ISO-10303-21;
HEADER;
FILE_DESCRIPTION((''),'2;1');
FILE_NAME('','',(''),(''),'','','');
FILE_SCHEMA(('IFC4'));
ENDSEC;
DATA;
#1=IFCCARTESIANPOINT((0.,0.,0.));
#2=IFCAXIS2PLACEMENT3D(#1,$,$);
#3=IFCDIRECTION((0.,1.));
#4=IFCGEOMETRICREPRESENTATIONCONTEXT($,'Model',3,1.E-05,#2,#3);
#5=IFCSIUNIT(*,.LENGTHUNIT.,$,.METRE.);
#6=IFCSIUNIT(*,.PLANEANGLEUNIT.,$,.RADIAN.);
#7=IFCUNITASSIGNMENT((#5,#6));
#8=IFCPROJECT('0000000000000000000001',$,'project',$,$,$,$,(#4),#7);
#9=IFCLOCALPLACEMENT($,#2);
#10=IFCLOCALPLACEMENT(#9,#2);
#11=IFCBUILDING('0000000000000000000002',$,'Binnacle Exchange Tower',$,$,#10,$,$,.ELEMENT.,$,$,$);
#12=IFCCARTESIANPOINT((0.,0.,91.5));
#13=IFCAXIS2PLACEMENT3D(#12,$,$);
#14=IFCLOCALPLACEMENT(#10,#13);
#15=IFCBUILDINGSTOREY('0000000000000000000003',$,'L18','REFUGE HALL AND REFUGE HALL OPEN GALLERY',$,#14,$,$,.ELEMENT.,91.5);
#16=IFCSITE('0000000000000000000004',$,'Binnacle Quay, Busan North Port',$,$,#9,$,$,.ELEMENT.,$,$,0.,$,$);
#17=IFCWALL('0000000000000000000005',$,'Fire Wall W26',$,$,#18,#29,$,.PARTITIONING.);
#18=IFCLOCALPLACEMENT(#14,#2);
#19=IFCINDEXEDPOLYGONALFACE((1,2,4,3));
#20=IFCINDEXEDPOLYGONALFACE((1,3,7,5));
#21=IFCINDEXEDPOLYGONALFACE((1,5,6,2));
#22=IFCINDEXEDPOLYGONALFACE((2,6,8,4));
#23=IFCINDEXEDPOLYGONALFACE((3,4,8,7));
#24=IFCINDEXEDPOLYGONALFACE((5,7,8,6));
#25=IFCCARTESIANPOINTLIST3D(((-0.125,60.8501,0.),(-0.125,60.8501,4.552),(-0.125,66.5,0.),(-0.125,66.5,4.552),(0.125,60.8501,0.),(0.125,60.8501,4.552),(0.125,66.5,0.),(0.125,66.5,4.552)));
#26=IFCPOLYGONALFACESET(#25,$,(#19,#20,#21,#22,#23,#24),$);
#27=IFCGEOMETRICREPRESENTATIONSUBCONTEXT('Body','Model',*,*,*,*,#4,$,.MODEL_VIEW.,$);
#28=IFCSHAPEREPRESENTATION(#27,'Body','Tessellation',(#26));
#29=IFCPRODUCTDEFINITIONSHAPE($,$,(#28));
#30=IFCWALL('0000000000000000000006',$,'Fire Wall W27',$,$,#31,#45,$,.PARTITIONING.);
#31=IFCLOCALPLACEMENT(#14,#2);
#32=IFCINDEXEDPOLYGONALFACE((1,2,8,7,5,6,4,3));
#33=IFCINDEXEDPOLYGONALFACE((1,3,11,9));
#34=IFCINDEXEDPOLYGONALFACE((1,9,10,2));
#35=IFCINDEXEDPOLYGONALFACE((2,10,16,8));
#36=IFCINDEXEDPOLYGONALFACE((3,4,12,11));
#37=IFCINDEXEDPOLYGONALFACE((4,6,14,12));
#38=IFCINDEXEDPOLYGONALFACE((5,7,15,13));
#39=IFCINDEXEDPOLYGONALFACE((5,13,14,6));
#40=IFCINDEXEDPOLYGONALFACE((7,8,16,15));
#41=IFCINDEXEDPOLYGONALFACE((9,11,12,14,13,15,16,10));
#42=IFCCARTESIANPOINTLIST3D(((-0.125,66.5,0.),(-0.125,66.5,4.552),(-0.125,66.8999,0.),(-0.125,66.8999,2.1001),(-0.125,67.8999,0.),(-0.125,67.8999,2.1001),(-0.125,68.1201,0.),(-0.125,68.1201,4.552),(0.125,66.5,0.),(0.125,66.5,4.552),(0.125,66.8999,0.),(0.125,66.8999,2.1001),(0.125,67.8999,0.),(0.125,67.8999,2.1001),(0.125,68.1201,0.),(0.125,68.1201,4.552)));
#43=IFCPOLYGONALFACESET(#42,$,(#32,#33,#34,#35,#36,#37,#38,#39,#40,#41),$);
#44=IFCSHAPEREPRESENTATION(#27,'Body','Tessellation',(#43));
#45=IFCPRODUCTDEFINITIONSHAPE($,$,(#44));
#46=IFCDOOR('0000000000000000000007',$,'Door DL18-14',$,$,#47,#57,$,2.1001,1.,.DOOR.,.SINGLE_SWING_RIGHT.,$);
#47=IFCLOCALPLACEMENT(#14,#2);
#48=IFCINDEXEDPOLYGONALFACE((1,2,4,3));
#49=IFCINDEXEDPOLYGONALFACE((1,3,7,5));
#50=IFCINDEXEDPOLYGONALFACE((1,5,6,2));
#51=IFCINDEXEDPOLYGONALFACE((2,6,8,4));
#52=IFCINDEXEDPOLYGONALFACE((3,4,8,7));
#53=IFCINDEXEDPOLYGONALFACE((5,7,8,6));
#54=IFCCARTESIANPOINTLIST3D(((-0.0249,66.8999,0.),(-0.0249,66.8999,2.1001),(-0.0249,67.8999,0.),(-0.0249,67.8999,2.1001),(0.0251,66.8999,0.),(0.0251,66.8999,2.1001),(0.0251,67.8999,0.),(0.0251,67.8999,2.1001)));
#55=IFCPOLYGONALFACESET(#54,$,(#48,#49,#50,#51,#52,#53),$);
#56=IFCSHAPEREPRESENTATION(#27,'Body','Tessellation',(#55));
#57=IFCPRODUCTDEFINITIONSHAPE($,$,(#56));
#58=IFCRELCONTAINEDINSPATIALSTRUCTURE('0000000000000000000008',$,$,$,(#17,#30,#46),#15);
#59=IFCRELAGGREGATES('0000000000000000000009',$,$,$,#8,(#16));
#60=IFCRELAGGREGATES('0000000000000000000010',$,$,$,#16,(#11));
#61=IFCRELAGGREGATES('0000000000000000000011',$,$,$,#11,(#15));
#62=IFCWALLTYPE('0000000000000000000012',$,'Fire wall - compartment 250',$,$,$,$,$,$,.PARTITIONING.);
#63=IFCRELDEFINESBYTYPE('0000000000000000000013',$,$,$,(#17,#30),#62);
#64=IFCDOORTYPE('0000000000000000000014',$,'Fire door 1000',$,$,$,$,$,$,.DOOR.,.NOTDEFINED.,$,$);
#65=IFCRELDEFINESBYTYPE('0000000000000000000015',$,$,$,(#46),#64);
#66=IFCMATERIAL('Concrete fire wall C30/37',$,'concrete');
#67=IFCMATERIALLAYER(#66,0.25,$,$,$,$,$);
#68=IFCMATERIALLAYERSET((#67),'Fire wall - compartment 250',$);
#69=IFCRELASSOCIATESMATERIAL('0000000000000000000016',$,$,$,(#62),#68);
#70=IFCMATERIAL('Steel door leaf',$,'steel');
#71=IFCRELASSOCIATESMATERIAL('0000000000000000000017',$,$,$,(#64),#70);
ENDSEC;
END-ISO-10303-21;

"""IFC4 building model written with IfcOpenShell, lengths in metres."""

from ifc_helpers import new_model, si_unit, direction, frame, frame_2d, origin, place, context, subcontext, project, spatial, rectangle, extrude, material, layer, layer_set, type_object, element, fill, save


model = new_model("IFC4")

# Units and contexts
model_context = context("Model", 3, precision=1e-05, world=origin(), true_north=direction((0.0, 1.0)))
body_context = subcontext(model_context, "Body", "Model", "MODEL_VIEW")
ifc_project = project(units=[si_unit("LENGTHUNIT", "METRE"), si_unit("PLANEANGLEUNIT", "RADIAN")], contexts=[model_context])

# Site, building, storey
site_placement = place(None, origin())
site = spatial("IfcSite", under=ifc_project, at=site_placement, Name="Binnacle Quay, Busan North Port", CompositionType="ELEMENT", RefElevation=0.0)
building_placement = place(site_placement, origin())
building = spatial("IfcBuilding", under=site, at=building_placement, Name="Binnacle Exchange Tower", CompositionType="ELEMENT")
storey_placement = place(building_placement, frame((0.0, 0.0, 91.5)))
storey = spatial("IfcBuildingStorey", under=building, at=storey_placement, Name="L18", Description="REFUGE HALL AND REFUGE HALL OPEN GALLERY", CompositionType="ELEMENT", Elevation=91.5)

# Shared definitions
ifc_material_1 = material(Name="Steel door leaf", Category="steel")

# Wall
ifc_material_2 = material(Name="Concrete fire wall C30/37", Category="concrete")
ifc_layer_1 = layer(ifc_material_2, 0.25)
ifc_layer_set_1 = layer_set([ifc_layer_1], Name="Fire wall - compartment 250")
wall_type_1 = type_object("IfcWallType", Name="Fire wall - compartment 250", PredefinedType="PARTITIONING", material=ifc_layer_set_1)
wall_1_placement = place(storey_placement, frame((0.0, 60.8501, 0.0), z_axis=(0.0, 0.0, 1.0), x_axis=(0.0, 1.0, 0.0)))
element("IfcWall", 1, at=wall_1_placement, inside=storey, type_object=wall_type_1, Name="Fire Wall W26", PredefinedType="PARTITIONING", context=body_context, shape_type="SweptSolid", body=[
    extrude(rectangle(XDim=5.6499, YDim=0.25, at=frame_2d((2.825, 0.0))), origin(), (0.0, 0.0, 1.0), 4.552),
])

# Wall, opening, door
wall_2_placement = place(storey_placement, frame((0.0, 66.5, 0.0), z_axis=(0.0, 0.0, 1.0), x_axis=(0.0, 1.0, 0.0)))
wall_2 = element("IfcWall", 2, at=wall_2_placement, inside=storey, type_object=wall_type_1, Name="Fire Wall W27", PredefinedType="PARTITIONING", context=body_context, shape_type="SweptSolid", body=[
    extrude(rectangle(XDim=1.6201, YDim=0.25, at=frame_2d((0.8101, 0.0))), origin(), (0.0, 0.0, 1.0), 4.552),
])
opening_1_placement = place(wall_2_placement, frame((0.3999, 0.0, 0.0)))
opening_1 = element("IfcOpeningElement", 3, at=opening_1_placement, cuts=wall_2, PredefinedType="OPENING", context=body_context, shape_type="SweptSolid", body=[
    extrude(rectangle(XDim=1.0, YDim=2.1001, at=frame_2d((0.5, 1.05))), frame((0.0, 0.135, 0.0), z_axis=(0.0, -1.0, 0.0), x_axis=(1.0, 0.0, 0.0)), (0.0, 0.0, 1.0), 0.27),
])
door_type_1 = type_object("IfcDoorType", Name="Fire door 1000", OperationType="NOTDEFINED", PredefinedType="DOOR", material=ifc_material_1)
door_1_placement = place(opening_1_placement, origin())
door_1 = element("IfcDoor", 4, at=door_1_placement, inside=storey, type_object=door_type_1, Name="Door DL18-14", OperationType="SINGLE_SWING_RIGHT", OverallHeight=2.1001, OverallWidth=1.0, PredefinedType="DOOR", context=body_context, shape_type="SweptSolid", body=[
    extrude(rectangle(XDim=1.0, YDim=2.1001, at=frame_2d((0.5, 1.05))), frame((0.0, 0.0249, 0.0), z_axis=(0.0, -1.0, 0.0), x_axis=(1.0, 0.0, 0.0)), (0.0, 0.0, 1.0), 0.05),
])
fill(opening_1, door_1)

save(model, "model.ifc")
